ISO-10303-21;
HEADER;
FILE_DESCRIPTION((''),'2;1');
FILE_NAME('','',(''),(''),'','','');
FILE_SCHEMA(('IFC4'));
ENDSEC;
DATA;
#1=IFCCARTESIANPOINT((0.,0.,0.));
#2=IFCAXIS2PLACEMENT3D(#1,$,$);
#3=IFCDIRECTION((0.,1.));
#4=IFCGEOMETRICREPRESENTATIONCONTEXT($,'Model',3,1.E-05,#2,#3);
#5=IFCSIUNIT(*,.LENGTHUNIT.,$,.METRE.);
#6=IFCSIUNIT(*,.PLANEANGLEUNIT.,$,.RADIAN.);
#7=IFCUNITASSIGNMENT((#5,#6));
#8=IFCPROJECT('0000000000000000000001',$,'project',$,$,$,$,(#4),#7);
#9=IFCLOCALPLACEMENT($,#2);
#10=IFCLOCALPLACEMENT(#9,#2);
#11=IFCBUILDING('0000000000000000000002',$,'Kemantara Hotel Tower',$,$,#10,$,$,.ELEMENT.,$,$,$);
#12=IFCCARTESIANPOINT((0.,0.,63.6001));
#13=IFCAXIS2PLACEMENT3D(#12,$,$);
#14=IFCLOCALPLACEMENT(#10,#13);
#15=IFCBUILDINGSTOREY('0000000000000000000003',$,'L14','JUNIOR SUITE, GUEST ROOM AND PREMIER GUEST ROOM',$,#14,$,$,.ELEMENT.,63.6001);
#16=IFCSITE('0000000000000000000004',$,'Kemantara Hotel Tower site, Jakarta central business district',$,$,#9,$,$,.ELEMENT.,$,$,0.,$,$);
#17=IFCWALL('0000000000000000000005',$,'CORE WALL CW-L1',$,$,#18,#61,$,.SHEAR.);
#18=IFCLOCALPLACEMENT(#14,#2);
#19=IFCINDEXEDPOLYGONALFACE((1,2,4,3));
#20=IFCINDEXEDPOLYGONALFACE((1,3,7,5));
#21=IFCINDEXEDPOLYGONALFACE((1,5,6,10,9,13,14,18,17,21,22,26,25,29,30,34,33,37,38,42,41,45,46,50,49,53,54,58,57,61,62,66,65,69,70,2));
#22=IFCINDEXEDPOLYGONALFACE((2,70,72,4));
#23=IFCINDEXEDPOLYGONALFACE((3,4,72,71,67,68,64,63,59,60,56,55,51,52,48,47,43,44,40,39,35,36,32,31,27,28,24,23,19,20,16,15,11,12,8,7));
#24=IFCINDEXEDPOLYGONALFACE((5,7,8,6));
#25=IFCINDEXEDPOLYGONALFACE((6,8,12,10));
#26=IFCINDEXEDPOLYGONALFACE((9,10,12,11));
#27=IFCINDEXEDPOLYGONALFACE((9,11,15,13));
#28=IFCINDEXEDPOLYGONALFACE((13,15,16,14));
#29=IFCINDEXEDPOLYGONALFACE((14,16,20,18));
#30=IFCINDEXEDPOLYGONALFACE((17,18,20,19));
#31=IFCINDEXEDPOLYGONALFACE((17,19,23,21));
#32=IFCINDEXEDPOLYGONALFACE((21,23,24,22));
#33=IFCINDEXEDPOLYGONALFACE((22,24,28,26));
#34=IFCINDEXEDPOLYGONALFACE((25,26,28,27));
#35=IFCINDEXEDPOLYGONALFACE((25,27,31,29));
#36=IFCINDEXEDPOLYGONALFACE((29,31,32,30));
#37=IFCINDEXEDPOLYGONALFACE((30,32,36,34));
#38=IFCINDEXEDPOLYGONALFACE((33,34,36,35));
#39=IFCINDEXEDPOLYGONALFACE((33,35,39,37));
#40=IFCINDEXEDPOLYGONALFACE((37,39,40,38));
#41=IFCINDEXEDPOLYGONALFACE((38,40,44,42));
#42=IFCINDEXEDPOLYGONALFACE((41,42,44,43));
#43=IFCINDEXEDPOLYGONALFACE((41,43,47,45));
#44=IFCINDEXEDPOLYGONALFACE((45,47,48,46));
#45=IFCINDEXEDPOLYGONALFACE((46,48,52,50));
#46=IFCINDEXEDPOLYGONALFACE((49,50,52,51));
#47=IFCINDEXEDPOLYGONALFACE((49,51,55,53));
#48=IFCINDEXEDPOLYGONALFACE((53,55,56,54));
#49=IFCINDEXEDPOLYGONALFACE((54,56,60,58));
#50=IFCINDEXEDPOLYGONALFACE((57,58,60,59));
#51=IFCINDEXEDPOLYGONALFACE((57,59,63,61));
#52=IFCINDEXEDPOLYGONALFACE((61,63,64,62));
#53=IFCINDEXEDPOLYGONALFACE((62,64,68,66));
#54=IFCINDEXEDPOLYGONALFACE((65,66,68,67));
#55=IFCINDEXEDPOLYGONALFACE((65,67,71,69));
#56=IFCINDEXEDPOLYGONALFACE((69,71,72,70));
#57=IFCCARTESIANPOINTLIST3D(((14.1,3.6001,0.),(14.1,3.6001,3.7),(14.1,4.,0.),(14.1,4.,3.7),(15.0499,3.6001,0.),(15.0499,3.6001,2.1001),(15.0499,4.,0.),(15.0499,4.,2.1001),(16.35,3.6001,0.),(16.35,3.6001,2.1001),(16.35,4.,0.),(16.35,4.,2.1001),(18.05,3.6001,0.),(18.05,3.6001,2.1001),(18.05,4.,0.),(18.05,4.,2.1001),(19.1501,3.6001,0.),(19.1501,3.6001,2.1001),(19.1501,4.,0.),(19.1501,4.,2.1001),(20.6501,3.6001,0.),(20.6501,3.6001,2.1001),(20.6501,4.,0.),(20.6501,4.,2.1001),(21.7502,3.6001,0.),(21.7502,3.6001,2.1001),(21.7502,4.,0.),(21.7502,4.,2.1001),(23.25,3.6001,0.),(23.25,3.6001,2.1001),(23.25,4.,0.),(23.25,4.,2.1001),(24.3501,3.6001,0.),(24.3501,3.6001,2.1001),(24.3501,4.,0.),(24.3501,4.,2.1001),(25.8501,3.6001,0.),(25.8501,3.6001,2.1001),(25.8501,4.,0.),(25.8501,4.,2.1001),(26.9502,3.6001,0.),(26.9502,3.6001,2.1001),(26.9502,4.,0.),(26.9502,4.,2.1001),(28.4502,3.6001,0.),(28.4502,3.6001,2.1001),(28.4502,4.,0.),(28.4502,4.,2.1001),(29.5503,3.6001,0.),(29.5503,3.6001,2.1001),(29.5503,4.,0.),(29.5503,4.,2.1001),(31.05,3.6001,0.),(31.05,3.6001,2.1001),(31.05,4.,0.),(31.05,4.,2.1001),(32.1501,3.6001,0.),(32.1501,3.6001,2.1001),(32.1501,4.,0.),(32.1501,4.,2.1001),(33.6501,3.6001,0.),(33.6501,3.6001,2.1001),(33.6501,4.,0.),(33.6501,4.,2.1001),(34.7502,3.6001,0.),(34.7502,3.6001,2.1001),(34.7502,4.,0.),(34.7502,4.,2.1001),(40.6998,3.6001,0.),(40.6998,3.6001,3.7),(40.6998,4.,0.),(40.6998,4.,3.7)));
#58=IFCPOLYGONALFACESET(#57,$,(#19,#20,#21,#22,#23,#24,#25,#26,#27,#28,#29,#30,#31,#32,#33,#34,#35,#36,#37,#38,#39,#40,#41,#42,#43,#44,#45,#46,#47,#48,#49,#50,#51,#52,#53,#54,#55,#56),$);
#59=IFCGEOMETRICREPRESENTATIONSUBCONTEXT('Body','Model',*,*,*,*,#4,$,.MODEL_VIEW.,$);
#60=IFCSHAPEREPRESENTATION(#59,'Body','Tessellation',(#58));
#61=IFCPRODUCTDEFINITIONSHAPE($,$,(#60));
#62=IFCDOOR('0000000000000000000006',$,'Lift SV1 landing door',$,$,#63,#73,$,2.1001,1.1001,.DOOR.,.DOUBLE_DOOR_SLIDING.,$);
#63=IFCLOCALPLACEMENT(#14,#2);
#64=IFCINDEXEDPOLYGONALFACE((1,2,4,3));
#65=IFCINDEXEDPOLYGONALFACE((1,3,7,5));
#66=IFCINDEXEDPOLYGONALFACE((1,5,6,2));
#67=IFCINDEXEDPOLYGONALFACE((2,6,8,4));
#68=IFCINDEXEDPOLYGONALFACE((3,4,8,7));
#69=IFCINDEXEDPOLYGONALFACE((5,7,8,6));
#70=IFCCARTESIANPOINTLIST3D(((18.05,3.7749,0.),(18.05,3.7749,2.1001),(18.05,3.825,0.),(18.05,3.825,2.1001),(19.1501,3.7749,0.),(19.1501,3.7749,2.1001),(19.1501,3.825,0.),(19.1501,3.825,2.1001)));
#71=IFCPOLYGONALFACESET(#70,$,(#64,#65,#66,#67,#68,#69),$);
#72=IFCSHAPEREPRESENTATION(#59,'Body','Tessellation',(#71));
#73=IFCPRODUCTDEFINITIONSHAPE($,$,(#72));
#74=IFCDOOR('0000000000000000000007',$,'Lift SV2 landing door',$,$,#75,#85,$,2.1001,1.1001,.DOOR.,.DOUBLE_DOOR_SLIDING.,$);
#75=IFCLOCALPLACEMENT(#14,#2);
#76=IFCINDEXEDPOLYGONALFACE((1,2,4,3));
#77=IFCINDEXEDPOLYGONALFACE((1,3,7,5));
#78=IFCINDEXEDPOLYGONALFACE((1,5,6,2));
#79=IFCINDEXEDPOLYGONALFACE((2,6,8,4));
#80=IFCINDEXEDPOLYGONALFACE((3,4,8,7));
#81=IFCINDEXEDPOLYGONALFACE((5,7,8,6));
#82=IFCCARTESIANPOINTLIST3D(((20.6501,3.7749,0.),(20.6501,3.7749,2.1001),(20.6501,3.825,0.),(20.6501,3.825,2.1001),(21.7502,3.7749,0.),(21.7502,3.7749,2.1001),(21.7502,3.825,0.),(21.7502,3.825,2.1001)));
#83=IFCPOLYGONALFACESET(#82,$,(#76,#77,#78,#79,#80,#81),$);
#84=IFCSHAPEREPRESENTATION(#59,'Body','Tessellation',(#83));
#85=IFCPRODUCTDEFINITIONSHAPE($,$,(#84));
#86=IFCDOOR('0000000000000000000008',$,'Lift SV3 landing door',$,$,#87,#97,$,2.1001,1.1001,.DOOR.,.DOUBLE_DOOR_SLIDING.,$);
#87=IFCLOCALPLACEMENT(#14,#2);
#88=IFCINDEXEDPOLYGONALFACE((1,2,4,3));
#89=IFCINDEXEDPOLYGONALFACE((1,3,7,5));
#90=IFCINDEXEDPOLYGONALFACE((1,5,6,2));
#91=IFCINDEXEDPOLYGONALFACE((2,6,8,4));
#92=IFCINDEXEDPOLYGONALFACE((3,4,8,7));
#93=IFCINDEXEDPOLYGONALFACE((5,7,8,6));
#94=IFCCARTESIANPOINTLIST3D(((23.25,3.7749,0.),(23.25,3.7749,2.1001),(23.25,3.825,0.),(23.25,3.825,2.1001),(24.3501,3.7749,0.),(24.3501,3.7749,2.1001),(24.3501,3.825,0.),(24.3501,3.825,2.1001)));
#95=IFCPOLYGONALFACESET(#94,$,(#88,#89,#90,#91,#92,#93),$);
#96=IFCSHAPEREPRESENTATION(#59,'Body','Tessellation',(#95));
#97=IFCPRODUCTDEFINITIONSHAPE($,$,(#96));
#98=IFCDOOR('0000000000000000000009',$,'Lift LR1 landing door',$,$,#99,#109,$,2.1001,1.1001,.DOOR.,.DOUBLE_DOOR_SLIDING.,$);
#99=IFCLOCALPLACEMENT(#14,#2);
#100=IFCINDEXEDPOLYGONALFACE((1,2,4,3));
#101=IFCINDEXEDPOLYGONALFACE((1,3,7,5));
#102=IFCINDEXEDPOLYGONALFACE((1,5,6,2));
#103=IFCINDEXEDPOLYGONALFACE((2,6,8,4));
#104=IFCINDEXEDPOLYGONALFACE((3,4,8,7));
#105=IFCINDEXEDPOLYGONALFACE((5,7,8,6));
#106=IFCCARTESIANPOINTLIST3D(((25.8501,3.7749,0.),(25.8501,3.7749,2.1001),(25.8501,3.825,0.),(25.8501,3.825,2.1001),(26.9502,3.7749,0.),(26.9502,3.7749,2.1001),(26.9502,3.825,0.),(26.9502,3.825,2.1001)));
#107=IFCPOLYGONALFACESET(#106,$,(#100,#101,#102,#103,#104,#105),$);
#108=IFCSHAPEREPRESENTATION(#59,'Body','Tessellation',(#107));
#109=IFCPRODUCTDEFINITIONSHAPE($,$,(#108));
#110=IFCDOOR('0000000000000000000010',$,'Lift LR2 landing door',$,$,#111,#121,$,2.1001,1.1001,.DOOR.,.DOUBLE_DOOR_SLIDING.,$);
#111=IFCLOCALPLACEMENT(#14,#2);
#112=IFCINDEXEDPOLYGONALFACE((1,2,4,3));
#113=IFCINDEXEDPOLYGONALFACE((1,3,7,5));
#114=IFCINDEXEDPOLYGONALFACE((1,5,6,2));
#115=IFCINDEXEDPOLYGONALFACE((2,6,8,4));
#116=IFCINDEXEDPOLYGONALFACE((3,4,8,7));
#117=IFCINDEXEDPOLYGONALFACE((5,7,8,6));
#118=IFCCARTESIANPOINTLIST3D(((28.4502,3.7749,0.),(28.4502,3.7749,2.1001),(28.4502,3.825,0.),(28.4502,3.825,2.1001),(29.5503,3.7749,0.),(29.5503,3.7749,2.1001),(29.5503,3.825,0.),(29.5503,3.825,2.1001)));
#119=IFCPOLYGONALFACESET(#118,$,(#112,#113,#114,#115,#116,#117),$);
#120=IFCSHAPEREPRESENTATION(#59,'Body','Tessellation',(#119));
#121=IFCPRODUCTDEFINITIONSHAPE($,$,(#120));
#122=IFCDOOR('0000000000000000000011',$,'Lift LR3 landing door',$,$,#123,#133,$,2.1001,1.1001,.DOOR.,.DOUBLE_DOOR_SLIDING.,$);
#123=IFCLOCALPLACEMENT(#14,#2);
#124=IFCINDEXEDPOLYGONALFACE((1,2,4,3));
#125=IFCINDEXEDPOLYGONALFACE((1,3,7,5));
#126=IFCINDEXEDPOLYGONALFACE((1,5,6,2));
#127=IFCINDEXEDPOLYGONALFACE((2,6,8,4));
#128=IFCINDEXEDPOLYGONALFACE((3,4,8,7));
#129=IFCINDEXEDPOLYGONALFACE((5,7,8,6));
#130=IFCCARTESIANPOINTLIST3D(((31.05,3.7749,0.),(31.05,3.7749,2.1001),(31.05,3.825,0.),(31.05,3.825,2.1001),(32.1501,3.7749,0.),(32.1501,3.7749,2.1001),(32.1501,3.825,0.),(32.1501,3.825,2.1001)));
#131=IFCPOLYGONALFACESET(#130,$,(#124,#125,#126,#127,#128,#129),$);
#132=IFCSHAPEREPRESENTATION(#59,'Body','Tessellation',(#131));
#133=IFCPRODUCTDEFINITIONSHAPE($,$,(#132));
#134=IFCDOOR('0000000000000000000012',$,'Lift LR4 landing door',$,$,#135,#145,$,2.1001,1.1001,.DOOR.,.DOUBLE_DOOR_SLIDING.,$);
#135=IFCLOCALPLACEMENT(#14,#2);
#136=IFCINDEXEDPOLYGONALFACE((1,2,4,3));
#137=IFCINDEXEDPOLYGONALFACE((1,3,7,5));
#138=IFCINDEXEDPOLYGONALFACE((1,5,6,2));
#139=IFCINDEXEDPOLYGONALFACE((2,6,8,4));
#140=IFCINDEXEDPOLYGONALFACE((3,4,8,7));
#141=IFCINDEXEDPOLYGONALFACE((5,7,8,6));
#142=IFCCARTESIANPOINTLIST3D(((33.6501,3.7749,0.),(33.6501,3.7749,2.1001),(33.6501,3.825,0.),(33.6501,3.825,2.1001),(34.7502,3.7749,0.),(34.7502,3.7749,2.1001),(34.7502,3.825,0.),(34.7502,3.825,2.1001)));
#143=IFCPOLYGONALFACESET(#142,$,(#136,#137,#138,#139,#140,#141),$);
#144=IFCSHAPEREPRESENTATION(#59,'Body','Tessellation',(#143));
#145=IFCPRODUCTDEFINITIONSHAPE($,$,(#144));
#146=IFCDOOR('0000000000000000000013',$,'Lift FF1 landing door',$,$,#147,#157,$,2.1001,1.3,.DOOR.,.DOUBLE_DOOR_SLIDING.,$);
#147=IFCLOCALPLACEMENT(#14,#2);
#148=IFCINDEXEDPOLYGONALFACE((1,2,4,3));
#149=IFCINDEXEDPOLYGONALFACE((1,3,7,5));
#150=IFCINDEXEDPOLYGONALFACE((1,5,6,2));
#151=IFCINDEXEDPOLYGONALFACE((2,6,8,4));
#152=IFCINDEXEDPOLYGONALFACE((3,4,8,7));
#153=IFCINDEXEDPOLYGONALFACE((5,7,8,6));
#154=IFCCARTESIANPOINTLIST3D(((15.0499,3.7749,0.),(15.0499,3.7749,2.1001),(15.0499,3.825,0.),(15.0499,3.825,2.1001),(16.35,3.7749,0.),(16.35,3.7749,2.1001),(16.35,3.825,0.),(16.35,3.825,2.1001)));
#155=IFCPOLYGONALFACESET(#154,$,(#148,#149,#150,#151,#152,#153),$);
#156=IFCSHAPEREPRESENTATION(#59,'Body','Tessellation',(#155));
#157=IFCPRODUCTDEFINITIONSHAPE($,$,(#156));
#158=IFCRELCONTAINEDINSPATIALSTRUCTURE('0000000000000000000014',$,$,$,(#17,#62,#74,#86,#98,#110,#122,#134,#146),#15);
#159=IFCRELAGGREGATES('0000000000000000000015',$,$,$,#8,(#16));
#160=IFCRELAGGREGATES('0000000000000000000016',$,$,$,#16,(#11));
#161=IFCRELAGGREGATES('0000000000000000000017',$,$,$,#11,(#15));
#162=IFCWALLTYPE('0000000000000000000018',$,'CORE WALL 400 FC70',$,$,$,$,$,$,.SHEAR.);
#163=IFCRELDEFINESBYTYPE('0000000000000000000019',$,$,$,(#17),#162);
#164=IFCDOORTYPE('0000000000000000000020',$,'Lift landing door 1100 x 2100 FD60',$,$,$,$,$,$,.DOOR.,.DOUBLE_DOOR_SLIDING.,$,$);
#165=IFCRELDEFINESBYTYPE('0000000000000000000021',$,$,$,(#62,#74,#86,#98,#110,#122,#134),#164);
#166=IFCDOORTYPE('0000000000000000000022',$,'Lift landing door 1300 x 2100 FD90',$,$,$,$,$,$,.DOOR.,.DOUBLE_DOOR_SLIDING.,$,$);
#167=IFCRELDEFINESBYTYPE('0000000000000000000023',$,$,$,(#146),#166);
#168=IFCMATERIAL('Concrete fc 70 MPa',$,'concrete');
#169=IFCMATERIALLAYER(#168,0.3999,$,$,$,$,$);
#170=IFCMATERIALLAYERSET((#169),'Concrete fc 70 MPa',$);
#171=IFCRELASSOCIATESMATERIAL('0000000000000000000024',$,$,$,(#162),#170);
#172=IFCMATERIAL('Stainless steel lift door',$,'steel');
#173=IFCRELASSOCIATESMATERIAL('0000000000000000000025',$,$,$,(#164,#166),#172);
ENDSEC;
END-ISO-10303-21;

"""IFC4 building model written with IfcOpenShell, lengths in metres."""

from ifc_helpers import new_model, si_unit, direction, frame, frame_2d, origin, place, context, subcontext, project, spatial, rectangle, extrude, material, layer, layer_set, type_object, element, fill, save


model = new_model("IFC4")

# Units and contexts
model_context = context("Model", 3, precision=1e-05, world=origin(), true_north=direction((0.0, 1.0)))
body_context = subcontext(model_context, "Body", "Model", "MODEL_VIEW")
ifc_project = project(units=[si_unit("LENGTHUNIT", "METRE"), si_unit("PLANEANGLEUNIT", "RADIAN")], contexts=[model_context])

# Site, building, storey
site_placement = place(None, origin())
site = spatial("IfcSite", under=ifc_project, at=site_placement, Name="Kemantara Hotel Tower site, Jakarta central business district", CompositionType="ELEMENT", RefElevation=0.0)
building_placement = place(site_placement, origin())
building = spatial("IfcBuilding", under=site, at=building_placement, Name="Kemantara Hotel Tower", CompositionType="ELEMENT")
storey_placement = place(building_placement, frame((0.0, 0.0, 63.6001)))
storey = spatial("IfcBuildingStorey", under=building, at=storey_placement, Name="L14", Description="JUNIOR SUITE, GUEST ROOM AND PREMIER GUEST ROOM", CompositionType="ELEMENT", Elevation=63.6001)

# Shared definitions
ifc_material_1 = material(Name="Concrete fc 70 MPa", Category="concrete")

# Shared definitions
ifc_layer_1 = layer(ifc_material_1, 0.3999)
ifc_layer_set_1 = layer_set([ifc_layer_1], Name="Concrete fc 70 MPa")
wall_type_1 = type_object("IfcWallType", Name="CORE WALL 400 FC70", PredefinedType="SHEAR", material=ifc_layer_set_1)

# Wall, openings, doors
wall_1_placement = place(storey_placement, frame((14.1001, 3.8, 0.0), z_axis=(0.0, 0.0, 1.0), x_axis=(1.0, 0.0, 0.0)))
wall_1 = element("IfcWall", 1, at=wall_1_placement, inside=storey, type_object=wall_type_1, Name="CORE WALL CW-L1", PredefinedType="SHEAR", context=body_context, shape_type="SweptSolid", body=[
    extrude(rectangle(XDim=26.5999, YDim=0.3999, at=frame_2d((13.2998, 0.0))), origin(), (0.0, 0.0, 1.0), 3.7),
])
opening_1_placement = place(wall_1_placement, frame((0.95, 0.0, 0.0)))
opening_1 = element("IfcOpeningElement", 2, at=opening_1_placement, cuts=wall_1, PredefinedType="OPENING", context=body_context, shape_type="SweptSolid", body=[
    extrude(rectangle(XDim=1.3, YDim=2.1001, at=frame_2d((0.6499, 1.05))), frame((0.0, 0.21, 0.0), z_axis=(0.0, -1.0, 0.0), x_axis=(1.0, 0.0, 0.0)), (0.0, 0.0, 1.0), 0.4199),
])
opening_2_placement = place(wall_1_placement, frame((3.95, 0.0, 0.0)))
opening_2 = element("IfcOpeningElement", 3, at=opening_2_placement, cuts=wall_1, PredefinedType="OPENING", context=body_context, shape_type="SweptSolid", body=[
    extrude(rectangle(XDim=1.1001, YDim=2.1001, at=frame_2d((0.55, 1.05))), frame((0.0, 0.21, 0.0), z_axis=(0.0, -1.0, 0.0), x_axis=(1.0, 0.0, 0.0)), (0.0, 0.0, 1.0), 0.4199),
])
opening_3_placement = place(wall_1_placement, frame((6.55, 0.0, 0.0)))
opening_3 = element("IfcOpeningElement", 4, at=opening_3_placement, cuts=wall_1, PredefinedType="OPENING", context=body_context, shape_type="SweptSolid", body=[
    extrude(rectangle(XDim=1.1001, YDim=2.1001, at=frame_2d((0.55, 1.05))), frame((0.0, 0.21, 0.0), z_axis=(0.0, -1.0, 0.0), x_axis=(1.0, 0.0, 0.0)), (0.0, 0.0, 1.0), 0.4199),
])
opening_4_placement = place(wall_1_placement, frame((9.1499, 0.0, 0.0)))
opening_4 = element("IfcOpeningElement", 5, at=opening_4_placement, cuts=wall_1, PredefinedType="OPENING", context=body_context, shape_type="SweptSolid", body=[
    extrude(rectangle(XDim=1.1001, YDim=2.1001, at=frame_2d((0.55, 1.05))), frame((0.0, 0.21, 0.0), z_axis=(0.0, -1.0, 0.0), x_axis=(1.0, 0.0, 0.0)), (0.0, 0.0, 1.0), 0.4199),
])
opening_5_placement = place(wall_1_placement, frame((11.75, 0.0, 0.0)))
opening_5 = element("IfcOpeningElement", 6, at=opening_5_placement, cuts=wall_1, PredefinedType="OPENING", context=body_context, shape_type="SweptSolid", body=[
    extrude(rectangle(XDim=1.1001, YDim=2.1001, at=frame_2d((0.55, 1.05))), frame((0.0, 0.21, 0.0), z_axis=(0.0, -1.0, 0.0), x_axis=(1.0, 0.0, 0.0)), (0.0, 0.0, 1.0), 0.4199),
])
opening_6_placement = place(wall_1_placement, frame((14.3501, 0.0, 0.0)))
opening_6 = element("IfcOpeningElement", 7, at=opening_6_placement, cuts=wall_1, PredefinedType="OPENING", context=body_context, shape_type="SweptSolid", body=[
    extrude(rectangle(XDim=1.1001, YDim=2.1001, at=frame_2d((0.55, 1.05))), frame((0.0, 0.21, 0.0), z_axis=(0.0, -1.0, 0.0), x_axis=(1.0, 0.0, 0.0)), (0.0, 0.0, 1.0), 0.4199),
])
opening_7_placement = place(wall_1_placement, frame((16.95, 0.0, 0.0)))
opening_7 = element("IfcOpeningElement", 8, at=opening_7_placement, cuts=wall_1, PredefinedType="OPENING", context=body_context, shape_type="SweptSolid", body=[
    extrude(rectangle(XDim=1.1001, YDim=2.1001, at=frame_2d((0.55, 1.05))), frame((0.0, 0.21, 0.0), z_axis=(0.0, -1.0, 0.0), x_axis=(1.0, 0.0, 0.0)), (0.0, 0.0, 1.0), 0.4199),
])
opening_8_placement = place(wall_1_placement, frame((19.55, 0.0, 0.0)))
opening_8 = element("IfcOpeningElement", 9, at=opening_8_placement, cuts=wall_1, PredefinedType="OPENING", context=body_context, shape_type="SweptSolid", body=[
    extrude(rectangle(XDim=1.1001, YDim=2.1001, at=frame_2d((0.55, 1.05))), frame((0.0, 0.21, 0.0), z_axis=(0.0, -1.0, 0.0), x_axis=(1.0, 0.0, 0.0)), (0.0, 0.0, 1.0), 0.4199),
])
ifc_material_2 = material(Name="Stainless steel lift door", Category="steel")
door_type_1 = type_object("IfcDoorType", Name="Lift landing door 1100 x 2100 FD60", OperationType="DOUBLE_DOOR_SLIDING", PredefinedType="DOOR", material=ifc_material_2)
door_1_placement = place(opening_2_placement, origin())
door_1 = element("IfcDoor", 10, at=door_1_placement, inside=storey, type_object=door_type_1, Name="Lift SV1 landing door", OperationType="DOUBLE_DOOR_SLIDING", OverallHeight=2.1001, OverallWidth=1.1001, PredefinedType="DOOR", context=body_context, shape_type="SweptSolid", body=[
    extrude(rectangle(XDim=1.1001, YDim=2.1001, at=frame_2d((0.55, 1.05))), frame((0.0, 0.0249, 0.0), z_axis=(0.0, -1.0, 0.0), x_axis=(1.0, 0.0, 0.0)), (0.0, 0.0, 1.0), 0.05),
])
fill(opening_2, door_1)
door_2_placement = place(opening_3_placement, origin())
door_2 = element("IfcDoor", 11, at=door_2_placement, inside=storey, type_object=door_type_1, Name="Lift SV2 landing door", OperationType="DOUBLE_DOOR_SLIDING", OverallHeight=2.1001, OverallWidth=1.1001, PredefinedType="DOOR", context=body_context, shape_type="SweptSolid", body=[
    extrude(rectangle(XDim=1.1001, YDim=2.1001, at=frame_2d((0.55, 1.05))), frame((0.0, 0.0249, 0.0), z_axis=(0.0, -1.0, 0.0), x_axis=(1.0, 0.0, 0.0)), (0.0, 0.0, 1.0), 0.05),
])
fill(opening_3, door_2)
door_3_placement = place(opening_4_placement, origin())
door_3 = element("IfcDoor", 12, at=door_3_placement, inside=storey, type_object=door_type_1, Name="Lift SV3 landing door", OperationType="DOUBLE_DOOR_SLIDING", OverallHeight=2.1001, OverallWidth=1.1001, PredefinedType="DOOR", context=body_context, shape_type="SweptSolid", body=[
    extrude(rectangle(XDim=1.1001, YDim=2.1001, at=frame_2d((0.55, 1.05))), frame((0.0, 0.0249, 0.0), z_axis=(0.0, -1.0, 0.0), x_axis=(1.0, 0.0, 0.0)), (0.0, 0.0, 1.0), 0.05),
])
fill(opening_4, door_3)
door_4_placement = place(opening_5_placement, origin())
door_4 = element("IfcDoor", 13, at=door_4_placement, inside=storey, type_object=door_type_1, Name="Lift LR1 landing door", OperationType="DOUBLE_DOOR_SLIDING", OverallHeight=2.1001, OverallWidth=1.1001, PredefinedType="DOOR", context=body_context, shape_type="SweptSolid", body=[
    extrude(rectangle(XDim=1.1001, YDim=2.1001, at=frame_2d((0.55, 1.05))), frame((0.0, 0.0249, 0.0), z_axis=(0.0, -1.0, 0.0), x_axis=(1.0, 0.0, 0.0)), (0.0, 0.0, 1.0), 0.05),
])
fill(opening_5, door_4)
door_5_placement = place(opening_6_placement, origin())
door_5 = element("IfcDoor", 14, at=door_5_placement, inside=storey, type_object=door_type_1, Name="Lift LR2 landing door", OperationType="DOUBLE_DOOR_SLIDING", OverallHeight=2.1001, OverallWidth=1.1001, PredefinedType="DOOR", context=body_context, shape_type="SweptSolid", body=[
    extrude(rectangle(XDim=1.1001, YDim=2.1001, at=frame_2d((0.55, 1.05))), frame((0.0, 0.0249, 0.0), z_axis=(0.0, -1.0, 0.0), x_axis=(1.0, 0.0, 0.0)), (0.0, 0.0, 1.0), 0.05),
])
fill(opening_6, door_5)
door_6_placement = place(opening_7_placement, origin())
door_6 = element("IfcDoor", 15, at=door_6_placement, inside=storey, type_object=door_type_1, Name="Lift LR3 landing door", OperationType="DOUBLE_DOOR_SLIDING", OverallHeight=2.1001, OverallWidth=1.1001, PredefinedType="DOOR", context=body_context, shape_type="SweptSolid", body=[
    extrude(rectangle(XDim=1.1001, YDim=2.1001, at=frame_2d((0.55, 1.05))), frame((0.0, 0.0249, 0.0), z_axis=(0.0, -1.0, 0.0), x_axis=(1.0, 0.0, 0.0)), (0.0, 0.0, 1.0), 0.05),
])
fill(opening_7, door_6)
door_7_placement = place(opening_8_placement, origin())
door_7 = element("IfcDoor", 16, at=door_7_placement, inside=storey, type_object=door_type_1, Name="Lift LR4 landing door", OperationType="DOUBLE_DOOR_SLIDING", OverallHeight=2.1001, OverallWidth=1.1001, PredefinedType="DOOR", context=body_context, shape_type="SweptSolid", body=[
    extrude(rectangle(XDim=1.1001, YDim=2.1001, at=frame_2d((0.55, 1.05))), frame((0.0, 0.0249, 0.0), z_axis=(0.0, -1.0, 0.0), x_axis=(1.0, 0.0, 0.0)), (0.0, 0.0, 1.0), 0.05),
])
fill(opening_8, door_7)
door_type_2 = type_object("IfcDoorType", Name="Lift landing door 1300 x 2100 FD90", OperationType="DOUBLE_DOOR_SLIDING", PredefinedType="DOOR", material=ifc_material_2)
door_8_placement = place(opening_1_placement, origin())
door_8 = element("IfcDoor", 17, at=door_8_placement, inside=storey, type_object=door_type_2, Name="Lift FF1 landing door", OperationType="DOUBLE_DOOR_SLIDING", OverallHeight=2.1001, OverallWidth=1.3, PredefinedType="DOOR", context=body_context, shape_type="SweptSolid", body=[
    extrude(rectangle(XDim=1.3, YDim=2.1001, at=frame_2d((0.6499, 1.05))), frame((0.0, 0.0249, 0.0), z_axis=(0.0, -1.0, 0.0), x_axis=(1.0, 0.0, 0.0)), (0.0, 0.0, 1.0), 0.05),
])
fill(opening_1, door_8)

save(model, "model.ifc")
